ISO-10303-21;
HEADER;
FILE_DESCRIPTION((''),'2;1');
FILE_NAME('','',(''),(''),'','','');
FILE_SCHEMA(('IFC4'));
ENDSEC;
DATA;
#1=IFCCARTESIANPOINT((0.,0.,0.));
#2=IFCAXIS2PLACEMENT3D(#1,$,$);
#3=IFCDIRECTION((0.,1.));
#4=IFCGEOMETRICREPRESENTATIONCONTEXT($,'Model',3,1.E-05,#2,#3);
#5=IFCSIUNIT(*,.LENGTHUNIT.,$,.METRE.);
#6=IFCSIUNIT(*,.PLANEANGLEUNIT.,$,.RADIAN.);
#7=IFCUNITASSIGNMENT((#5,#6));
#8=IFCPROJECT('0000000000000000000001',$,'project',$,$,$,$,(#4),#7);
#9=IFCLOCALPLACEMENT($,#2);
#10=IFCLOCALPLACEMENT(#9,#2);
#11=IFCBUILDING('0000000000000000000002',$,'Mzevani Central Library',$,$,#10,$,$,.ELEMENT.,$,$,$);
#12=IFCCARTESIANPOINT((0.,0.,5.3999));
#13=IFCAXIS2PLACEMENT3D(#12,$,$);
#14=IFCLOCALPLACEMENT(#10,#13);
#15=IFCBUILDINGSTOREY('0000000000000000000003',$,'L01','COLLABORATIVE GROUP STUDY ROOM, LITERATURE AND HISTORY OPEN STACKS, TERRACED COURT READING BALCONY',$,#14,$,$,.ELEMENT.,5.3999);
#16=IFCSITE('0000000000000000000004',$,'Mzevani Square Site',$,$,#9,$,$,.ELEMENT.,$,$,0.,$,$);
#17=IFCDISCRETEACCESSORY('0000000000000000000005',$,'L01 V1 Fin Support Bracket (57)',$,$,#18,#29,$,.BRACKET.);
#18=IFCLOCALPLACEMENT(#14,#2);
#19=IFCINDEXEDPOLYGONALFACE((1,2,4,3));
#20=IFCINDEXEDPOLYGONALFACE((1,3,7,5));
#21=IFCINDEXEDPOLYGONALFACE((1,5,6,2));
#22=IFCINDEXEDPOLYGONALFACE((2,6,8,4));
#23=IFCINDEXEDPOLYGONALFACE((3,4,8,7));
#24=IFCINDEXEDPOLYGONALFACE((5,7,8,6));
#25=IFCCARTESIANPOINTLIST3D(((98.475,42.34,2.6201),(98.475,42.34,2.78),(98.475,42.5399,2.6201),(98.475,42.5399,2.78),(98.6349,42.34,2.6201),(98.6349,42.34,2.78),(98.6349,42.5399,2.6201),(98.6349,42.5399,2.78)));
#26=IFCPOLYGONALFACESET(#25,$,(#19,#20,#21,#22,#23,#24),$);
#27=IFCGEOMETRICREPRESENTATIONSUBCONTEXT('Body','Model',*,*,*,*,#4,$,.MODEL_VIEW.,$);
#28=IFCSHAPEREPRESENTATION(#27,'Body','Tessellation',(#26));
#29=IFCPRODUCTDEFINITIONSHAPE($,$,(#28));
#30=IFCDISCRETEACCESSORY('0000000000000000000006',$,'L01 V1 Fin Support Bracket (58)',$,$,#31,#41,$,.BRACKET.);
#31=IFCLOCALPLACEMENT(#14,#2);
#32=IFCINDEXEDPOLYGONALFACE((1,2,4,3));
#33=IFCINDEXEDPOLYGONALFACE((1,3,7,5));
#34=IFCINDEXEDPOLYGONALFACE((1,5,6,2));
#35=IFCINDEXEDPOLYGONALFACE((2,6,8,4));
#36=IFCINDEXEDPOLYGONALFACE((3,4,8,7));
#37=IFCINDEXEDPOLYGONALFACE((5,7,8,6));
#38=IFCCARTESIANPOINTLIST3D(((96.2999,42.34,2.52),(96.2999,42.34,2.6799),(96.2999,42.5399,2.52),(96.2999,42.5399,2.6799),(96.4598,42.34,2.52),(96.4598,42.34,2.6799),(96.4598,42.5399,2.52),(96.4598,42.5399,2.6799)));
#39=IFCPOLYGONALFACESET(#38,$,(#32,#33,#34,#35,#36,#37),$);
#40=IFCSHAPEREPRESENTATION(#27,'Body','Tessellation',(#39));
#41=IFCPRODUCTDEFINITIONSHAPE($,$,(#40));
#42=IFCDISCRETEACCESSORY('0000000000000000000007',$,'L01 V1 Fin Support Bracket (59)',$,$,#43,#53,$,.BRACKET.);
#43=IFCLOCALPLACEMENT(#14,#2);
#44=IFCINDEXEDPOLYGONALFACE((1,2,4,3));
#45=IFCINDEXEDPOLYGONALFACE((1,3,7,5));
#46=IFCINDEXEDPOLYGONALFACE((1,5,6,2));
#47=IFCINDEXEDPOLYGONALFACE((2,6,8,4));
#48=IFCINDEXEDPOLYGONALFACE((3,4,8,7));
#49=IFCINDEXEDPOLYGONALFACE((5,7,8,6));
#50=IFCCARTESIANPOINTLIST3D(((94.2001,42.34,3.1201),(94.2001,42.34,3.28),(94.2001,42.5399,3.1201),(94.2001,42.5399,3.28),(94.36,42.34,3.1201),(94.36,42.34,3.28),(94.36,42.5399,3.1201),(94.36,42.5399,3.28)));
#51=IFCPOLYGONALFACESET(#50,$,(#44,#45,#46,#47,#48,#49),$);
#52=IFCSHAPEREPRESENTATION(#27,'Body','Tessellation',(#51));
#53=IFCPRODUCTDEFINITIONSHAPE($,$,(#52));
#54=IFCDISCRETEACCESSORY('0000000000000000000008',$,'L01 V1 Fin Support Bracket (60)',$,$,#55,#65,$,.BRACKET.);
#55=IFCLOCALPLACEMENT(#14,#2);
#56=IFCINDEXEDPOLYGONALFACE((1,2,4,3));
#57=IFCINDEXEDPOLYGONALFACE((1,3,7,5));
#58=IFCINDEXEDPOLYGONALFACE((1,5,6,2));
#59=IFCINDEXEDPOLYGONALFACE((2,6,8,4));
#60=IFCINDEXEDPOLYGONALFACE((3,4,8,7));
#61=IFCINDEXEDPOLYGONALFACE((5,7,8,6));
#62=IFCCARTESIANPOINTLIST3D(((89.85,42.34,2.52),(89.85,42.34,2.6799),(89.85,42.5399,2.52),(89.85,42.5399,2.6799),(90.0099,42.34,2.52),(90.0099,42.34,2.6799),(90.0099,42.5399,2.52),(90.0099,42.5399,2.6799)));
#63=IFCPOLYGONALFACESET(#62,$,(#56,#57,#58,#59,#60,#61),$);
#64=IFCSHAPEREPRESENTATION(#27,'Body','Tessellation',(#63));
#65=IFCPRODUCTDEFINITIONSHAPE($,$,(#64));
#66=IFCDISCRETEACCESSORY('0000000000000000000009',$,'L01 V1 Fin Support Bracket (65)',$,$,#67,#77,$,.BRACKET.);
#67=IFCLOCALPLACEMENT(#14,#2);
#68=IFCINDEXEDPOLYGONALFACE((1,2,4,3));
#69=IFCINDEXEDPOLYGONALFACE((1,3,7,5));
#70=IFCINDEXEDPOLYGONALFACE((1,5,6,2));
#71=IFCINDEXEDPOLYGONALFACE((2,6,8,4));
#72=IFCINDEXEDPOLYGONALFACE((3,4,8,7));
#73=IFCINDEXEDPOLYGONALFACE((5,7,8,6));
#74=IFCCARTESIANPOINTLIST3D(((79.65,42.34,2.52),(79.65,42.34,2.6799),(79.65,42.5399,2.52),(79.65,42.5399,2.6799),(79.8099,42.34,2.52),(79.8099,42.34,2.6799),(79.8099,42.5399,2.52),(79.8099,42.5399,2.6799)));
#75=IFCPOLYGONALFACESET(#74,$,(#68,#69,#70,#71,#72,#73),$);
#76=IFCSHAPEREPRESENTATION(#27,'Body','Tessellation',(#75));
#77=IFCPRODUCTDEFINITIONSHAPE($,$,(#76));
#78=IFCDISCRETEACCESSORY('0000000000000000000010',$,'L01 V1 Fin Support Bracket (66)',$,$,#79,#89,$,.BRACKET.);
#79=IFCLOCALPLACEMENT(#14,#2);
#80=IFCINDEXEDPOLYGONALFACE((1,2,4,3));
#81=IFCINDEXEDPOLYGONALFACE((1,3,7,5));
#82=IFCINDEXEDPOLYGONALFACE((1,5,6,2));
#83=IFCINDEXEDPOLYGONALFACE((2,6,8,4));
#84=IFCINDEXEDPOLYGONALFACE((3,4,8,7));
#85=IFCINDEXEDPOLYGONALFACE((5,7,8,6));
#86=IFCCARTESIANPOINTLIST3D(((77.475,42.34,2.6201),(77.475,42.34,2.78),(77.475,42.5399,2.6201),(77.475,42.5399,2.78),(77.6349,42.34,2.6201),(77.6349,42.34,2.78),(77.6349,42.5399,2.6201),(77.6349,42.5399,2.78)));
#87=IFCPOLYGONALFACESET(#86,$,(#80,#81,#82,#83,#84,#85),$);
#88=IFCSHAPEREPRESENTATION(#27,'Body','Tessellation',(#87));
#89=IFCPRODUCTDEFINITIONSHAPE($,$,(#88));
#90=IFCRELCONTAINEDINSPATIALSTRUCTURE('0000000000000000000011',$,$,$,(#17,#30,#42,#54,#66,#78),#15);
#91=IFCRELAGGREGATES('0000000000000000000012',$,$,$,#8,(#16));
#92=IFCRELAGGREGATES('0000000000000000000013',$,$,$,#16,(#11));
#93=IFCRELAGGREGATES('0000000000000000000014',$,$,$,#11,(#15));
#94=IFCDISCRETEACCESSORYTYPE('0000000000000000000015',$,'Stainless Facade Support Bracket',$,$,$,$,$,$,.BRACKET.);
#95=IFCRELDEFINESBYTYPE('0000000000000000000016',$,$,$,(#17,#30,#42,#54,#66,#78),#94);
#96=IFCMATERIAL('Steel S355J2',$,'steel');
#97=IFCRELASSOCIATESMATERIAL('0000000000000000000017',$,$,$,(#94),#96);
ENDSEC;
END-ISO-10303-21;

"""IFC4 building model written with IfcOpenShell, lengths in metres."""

from ifc_helpers import new_model, si_unit, direction, frame, origin, origin_2d, place, context, subcontext, project, spatial, rectangle, extrude, material, type_object, element, save


model = new_model("IFC4")

# Units and contexts
model_context = context("Model", 3, precision=1e-05, world=origin(), true_north=direction((0.0, 1.0)))
body_context = subcontext(model_context, "Body", "Model", "MODEL_VIEW")
ifc_project = project(units=[si_unit("LENGTHUNIT", "METRE"), si_unit("PLANEANGLEUNIT", "RADIAN")], contexts=[model_context])

# Site, building, storey
site_placement = place(None, origin())
site = spatial("IfcSite", under=ifc_project, at=site_placement, Name="Mzevani Square Site", CompositionType="ELEMENT", RefElevation=0.0)
building_placement = place(site_placement, origin())
building = spatial("IfcBuilding", under=site, at=building_placement, Name="Mzevani Central Library", CompositionType="ELEMENT")
storey_placement = place(building_placement, frame((0.0, 0.0, 5.3999)))
storey = spatial("IfcBuildingStorey", under=building, at=storey_placement, Name="L01", Description="COLLABORATIVE GROUP STUDY ROOM, LITERATURE AND HISTORY OPEN STACKS, TERRACED COURT READING BALCONY", CompositionType="ELEMENT", Elevation=5.3999)

# Discrete accessories
ifc_material_1 = material(Name="Steel S355J2", Category="steel")
discrete_accessory_type = type_object("IfcDiscreteAccessoryType", Name="Stainless Facade Support Bracket", PredefinedType="BRACKET", material=ifc_material_1)
for number, where, z_axis, x_axis, name in (
    (1, (98.5549, 42.4399, 2.6201), (0.0, 0.0, 1.0), (-1.0, 0.0, 0.0), "L01 V1 Fin Support Bracket (57)"),
    (2, (96.3799, 42.4399, 2.52), (0.0, 0.0, 1.0), (-1.0, 0.0, 0.0), "L01 V1 Fin Support Bracket (58)"),
    (3, (94.28, 42.4399, 3.1201), (0.0, 0.0, 1.0), (-1.0, 0.0, 0.0), "L01 V1 Fin Support Bracket (59)"),
    (4, (89.9299, 42.4399, 2.52), (0.0, 0.0, 1.0), (-1.0, 0.0, 0.0), "L01 V1 Fin Support Bracket (60)"),
    (5, (79.73, 42.4399, 2.52), (0.0, 0.0, 1.0), (-1.0, 0.0, 0.0), "L01 V1 Fin Support Bracket (65)"),
    (6, (77.5549, 42.4399, 2.6201), (0.0, 0.0, 1.0), (-1.0, 0.0, 0.0), "L01 V1 Fin Support Bracket (66)"),
):
    element("IfcDiscreteAccessory", number, at=place(storey_placement, frame(where, z_axis=z_axis, x_axis=x_axis)), inside=storey, type_object=discrete_accessory_type, Name=name, PredefinedType="BRACKET", context=body_context, shape_type="SweptSolid", body=[
        extrude(rectangle(XDim=0.1599, YDim=0.2, at=origin_2d()), origin(), (0.0, 0.0, 1.0), 0.1599),
    ])

save(model, "model.ifc")
